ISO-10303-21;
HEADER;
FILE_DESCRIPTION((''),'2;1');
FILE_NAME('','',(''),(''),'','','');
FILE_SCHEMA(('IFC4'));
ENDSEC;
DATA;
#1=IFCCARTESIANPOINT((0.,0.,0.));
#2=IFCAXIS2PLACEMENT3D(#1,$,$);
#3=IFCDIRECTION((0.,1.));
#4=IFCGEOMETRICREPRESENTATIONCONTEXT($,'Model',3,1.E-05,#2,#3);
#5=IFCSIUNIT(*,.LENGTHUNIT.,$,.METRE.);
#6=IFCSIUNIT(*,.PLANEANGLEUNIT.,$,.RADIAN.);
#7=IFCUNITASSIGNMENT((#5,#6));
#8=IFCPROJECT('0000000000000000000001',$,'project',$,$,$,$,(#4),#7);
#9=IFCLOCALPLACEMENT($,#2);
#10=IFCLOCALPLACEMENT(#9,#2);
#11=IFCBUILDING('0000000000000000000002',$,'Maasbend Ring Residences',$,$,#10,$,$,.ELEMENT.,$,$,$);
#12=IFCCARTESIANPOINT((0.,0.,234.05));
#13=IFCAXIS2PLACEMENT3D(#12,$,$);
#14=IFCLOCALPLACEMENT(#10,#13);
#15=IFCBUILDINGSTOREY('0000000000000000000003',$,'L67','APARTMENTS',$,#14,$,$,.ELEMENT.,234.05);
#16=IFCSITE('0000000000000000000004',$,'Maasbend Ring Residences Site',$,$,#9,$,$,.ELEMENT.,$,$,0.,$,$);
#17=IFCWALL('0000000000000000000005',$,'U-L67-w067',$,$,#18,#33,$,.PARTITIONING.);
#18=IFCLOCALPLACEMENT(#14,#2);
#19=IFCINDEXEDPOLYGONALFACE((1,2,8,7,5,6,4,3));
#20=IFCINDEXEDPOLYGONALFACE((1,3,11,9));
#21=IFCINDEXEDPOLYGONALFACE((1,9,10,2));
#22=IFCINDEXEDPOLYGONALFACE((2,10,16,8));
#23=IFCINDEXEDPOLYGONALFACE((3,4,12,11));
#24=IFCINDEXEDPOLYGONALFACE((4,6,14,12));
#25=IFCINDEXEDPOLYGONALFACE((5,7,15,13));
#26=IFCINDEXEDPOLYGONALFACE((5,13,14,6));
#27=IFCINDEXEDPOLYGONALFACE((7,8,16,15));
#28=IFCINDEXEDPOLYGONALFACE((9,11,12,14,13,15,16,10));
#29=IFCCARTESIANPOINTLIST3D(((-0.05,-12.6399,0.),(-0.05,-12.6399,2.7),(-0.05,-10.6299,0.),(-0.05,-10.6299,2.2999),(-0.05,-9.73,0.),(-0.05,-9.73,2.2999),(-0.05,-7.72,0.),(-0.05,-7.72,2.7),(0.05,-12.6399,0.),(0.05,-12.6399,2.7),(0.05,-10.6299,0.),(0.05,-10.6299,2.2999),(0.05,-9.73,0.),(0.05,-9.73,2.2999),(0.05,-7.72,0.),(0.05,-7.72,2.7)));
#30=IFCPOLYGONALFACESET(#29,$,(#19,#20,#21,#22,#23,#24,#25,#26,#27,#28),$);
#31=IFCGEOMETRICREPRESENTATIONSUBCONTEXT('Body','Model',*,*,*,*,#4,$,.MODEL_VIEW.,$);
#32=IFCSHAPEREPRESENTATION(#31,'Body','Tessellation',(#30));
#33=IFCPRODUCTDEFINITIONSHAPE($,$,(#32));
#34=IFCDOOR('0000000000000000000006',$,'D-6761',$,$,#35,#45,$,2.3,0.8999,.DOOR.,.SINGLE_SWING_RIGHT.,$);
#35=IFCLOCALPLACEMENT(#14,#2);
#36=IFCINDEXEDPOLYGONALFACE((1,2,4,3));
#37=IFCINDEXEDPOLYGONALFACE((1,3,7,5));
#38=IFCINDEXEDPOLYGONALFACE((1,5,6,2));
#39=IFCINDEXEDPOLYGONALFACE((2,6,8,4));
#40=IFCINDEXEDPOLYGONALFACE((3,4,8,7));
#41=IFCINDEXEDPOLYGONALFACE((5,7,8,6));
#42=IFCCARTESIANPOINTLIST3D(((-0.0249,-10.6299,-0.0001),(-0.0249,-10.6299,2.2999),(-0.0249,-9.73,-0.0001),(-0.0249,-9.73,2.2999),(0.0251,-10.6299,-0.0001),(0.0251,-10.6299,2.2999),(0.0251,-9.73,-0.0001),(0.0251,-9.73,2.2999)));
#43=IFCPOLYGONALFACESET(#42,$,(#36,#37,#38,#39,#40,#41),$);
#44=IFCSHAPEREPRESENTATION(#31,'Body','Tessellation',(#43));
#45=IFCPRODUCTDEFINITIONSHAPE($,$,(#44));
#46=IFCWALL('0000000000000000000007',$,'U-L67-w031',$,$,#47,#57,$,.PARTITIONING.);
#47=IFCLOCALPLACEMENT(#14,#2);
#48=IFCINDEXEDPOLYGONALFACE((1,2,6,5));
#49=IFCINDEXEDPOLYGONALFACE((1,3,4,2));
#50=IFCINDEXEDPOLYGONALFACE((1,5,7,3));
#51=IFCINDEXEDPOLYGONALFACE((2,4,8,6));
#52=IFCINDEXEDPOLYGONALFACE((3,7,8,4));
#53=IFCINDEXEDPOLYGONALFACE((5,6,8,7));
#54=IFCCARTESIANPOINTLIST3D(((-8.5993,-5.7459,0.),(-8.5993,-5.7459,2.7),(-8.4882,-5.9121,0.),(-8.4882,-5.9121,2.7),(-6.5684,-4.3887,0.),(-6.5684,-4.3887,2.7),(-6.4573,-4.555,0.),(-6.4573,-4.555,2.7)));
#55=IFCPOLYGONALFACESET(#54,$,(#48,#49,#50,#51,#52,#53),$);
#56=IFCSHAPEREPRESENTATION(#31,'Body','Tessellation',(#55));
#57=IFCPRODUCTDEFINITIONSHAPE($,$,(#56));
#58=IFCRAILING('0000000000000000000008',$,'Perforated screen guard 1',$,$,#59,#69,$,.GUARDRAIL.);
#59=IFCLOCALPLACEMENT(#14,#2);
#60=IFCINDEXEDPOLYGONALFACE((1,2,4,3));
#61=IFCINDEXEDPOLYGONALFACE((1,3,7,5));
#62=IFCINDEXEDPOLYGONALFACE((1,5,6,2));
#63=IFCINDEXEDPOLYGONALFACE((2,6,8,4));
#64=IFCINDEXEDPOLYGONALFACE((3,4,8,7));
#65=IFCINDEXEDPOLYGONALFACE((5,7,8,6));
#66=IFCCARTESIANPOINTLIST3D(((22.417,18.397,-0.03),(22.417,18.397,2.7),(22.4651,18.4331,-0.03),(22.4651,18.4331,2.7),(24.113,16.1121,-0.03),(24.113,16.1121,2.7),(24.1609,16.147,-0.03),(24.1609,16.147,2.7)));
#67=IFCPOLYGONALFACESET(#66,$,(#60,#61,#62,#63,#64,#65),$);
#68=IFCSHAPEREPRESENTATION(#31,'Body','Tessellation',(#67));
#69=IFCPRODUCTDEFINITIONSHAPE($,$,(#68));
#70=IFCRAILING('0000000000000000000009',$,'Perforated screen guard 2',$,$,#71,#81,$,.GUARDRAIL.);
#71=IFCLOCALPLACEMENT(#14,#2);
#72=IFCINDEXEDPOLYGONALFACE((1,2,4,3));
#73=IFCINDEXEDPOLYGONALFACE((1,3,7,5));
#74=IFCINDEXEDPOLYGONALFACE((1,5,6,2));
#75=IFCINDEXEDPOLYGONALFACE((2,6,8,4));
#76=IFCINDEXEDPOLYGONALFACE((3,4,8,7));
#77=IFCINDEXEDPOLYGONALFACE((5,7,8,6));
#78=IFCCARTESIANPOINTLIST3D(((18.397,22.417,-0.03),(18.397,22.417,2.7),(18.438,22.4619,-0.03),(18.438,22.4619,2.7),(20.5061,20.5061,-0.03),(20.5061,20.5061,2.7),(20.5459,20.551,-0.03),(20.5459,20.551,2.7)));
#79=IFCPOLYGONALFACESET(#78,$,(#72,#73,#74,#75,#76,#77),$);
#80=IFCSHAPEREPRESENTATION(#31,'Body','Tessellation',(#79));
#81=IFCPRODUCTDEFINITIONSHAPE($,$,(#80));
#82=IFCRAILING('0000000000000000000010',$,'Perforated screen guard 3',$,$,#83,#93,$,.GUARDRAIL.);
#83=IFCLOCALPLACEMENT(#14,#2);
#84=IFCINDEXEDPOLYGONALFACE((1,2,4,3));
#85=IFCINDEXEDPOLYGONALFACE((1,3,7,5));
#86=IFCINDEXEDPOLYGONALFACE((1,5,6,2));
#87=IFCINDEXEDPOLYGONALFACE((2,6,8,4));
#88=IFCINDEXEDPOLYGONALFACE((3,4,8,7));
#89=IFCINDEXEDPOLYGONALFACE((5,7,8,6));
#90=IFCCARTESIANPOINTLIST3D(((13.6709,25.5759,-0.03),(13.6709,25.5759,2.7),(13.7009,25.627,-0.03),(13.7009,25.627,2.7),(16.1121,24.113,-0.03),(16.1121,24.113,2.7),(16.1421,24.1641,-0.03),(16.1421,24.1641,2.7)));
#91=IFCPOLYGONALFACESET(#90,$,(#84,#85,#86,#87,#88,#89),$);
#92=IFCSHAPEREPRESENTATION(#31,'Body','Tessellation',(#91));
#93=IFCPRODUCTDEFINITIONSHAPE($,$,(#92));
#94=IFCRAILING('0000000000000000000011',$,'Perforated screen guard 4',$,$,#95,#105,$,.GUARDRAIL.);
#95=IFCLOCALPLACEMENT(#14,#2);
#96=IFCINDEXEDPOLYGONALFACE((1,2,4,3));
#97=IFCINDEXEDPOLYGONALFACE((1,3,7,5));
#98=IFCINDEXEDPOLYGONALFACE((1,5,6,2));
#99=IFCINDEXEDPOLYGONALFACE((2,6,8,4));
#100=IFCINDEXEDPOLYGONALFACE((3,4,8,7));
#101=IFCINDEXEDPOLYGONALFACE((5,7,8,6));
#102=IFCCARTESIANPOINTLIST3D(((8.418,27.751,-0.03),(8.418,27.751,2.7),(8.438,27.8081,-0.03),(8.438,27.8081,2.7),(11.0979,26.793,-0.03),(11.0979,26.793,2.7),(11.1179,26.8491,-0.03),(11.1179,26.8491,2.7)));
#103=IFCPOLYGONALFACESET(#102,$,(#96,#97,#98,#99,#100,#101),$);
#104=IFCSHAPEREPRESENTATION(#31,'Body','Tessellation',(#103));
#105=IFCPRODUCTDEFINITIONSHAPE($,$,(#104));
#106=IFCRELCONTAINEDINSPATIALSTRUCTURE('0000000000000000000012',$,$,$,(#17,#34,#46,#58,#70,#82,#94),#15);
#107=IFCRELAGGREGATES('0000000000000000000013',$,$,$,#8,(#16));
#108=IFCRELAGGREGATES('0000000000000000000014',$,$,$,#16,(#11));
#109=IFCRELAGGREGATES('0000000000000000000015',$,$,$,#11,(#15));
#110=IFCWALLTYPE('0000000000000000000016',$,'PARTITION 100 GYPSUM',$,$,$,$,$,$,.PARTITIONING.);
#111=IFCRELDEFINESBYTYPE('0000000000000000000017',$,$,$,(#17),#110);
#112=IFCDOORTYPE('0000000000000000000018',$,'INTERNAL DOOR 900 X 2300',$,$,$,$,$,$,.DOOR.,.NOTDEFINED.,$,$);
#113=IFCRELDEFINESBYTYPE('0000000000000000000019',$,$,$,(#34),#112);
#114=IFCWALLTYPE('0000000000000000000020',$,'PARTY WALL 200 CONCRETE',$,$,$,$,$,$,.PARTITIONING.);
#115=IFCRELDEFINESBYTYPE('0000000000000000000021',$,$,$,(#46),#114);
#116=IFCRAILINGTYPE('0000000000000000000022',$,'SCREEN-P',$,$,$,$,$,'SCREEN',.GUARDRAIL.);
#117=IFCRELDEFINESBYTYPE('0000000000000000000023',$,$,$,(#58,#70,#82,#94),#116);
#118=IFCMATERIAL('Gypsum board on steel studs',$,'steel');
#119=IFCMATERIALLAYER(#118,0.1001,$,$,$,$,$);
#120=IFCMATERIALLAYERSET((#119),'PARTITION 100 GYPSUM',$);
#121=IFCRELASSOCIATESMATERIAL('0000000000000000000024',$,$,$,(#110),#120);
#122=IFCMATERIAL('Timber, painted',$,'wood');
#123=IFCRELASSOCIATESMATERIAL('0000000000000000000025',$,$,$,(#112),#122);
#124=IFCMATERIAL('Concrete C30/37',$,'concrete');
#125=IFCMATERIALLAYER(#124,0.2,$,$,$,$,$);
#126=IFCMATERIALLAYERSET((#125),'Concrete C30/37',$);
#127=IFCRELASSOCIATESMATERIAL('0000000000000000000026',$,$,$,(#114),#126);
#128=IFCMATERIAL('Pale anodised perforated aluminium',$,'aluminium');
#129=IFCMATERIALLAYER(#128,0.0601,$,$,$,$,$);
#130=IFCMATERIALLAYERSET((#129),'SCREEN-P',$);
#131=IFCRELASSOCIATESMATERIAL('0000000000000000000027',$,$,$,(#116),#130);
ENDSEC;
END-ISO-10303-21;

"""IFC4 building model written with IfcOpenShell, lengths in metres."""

from ifc_helpers import new_model, si_unit, direction, frame, frame_2d, origin, place, context, subcontext, project, spatial, polyline, rectangle, outline, extrude, material, layer, layer_set, type_object, element, fill, save


model = new_model("IFC4")

# Units and contexts
model_context = context("Model", 3, precision=1e-05, world=origin(), true_north=direction((0.0, 1.0)))
body_context = subcontext(model_context, "Body", "Model", "MODEL_VIEW")
ifc_project = project(units=[si_unit("LENGTHUNIT", "METRE"), si_unit("PLANEANGLEUNIT", "RADIAN")], contexts=[model_context])

# Site, building, storey
site_placement = place(None, origin())
site = spatial("IfcSite", under=ifc_project, at=site_placement, Name="Maasbend Ring Residences Site", CompositionType="ELEMENT", RefElevation=0.0)
building_placement = place(site_placement, origin())
building = spatial("IfcBuilding", under=site, at=building_placement, Name="Maasbend Ring Residences", CompositionType="ELEMENT")
storey_placement = place(building_placement, frame((0.0, 0.0, 234.05)))
storey = spatial("IfcBuildingStorey", under=building, at=storey_placement, Name="L67", Description="APARTMENTS", CompositionType="ELEMENT", Elevation=234.05)

# Shared definitions
ifc_material_1 = material(Name="Gypsum board on steel studs", Category="steel")
ifc_layer_1 = layer(ifc_material_1, 0.1001)
ifc_layer_set_1 = layer_set([ifc_layer_1], Name="PARTITION 100 GYPSUM")
wall_type_1 = type_object("IfcWallType", Name="PARTITION 100 GYPSUM", PredefinedType="PARTITIONING", material=ifc_layer_set_1)

# Wall, opening, door
wall_1_placement = place(storey_placement, frame((0.0, -12.6399, 0.0), z_axis=(0.0, 0.0, 1.0), x_axis=(0.0, 1.0, 0.0)))
wall_1 = element("IfcWall", 1, at=wall_1_placement, inside=storey, type_object=wall_type_1, Name="U-L67-w067", PredefinedType="PARTITIONING", context=body_context, shape_type="SweptSolid", body=[
    extrude(rectangle(XDim=4.9199, YDim=0.1001, at=frame_2d((2.46, 0.0))), origin(), (0.0, 0.0, 1.0), 2.7),
])
opening_1_placement = place(wall_1_placement, frame((2.01, 0.0, 0.0)))
opening_1 = element("IfcOpeningElement", 2, at=opening_1_placement, cuts=wall_1, PredefinedType="OPENING", context=body_context, shape_type="SweptSolid", body=[
    extrude(rectangle(XDim=0.8999, YDim=2.3, at=frame_2d((0.45, 1.1499))), frame((0.0, 0.0601, 0.0), z_axis=(0.0, -1.0, 0.0), x_axis=(1.0, 0.0, 0.0)), (0.0, 0.0, 1.0), 0.1201),
])
ifc_material_2 = material(Name="Timber, painted", Category="wood")
door_type_1 = type_object("IfcDoorType", Name="INTERNAL DOOR 900 X 2300", OperationType="NOTDEFINED", PredefinedType="DOOR", material=ifc_material_2)
door_1_placement = place(opening_1_placement, origin())
door_1 = element("IfcDoor", 3, at=door_1_placement, inside=storey, type_object=door_type_1, Name="D-6761", OperationType="SINGLE_SWING_RIGHT", OverallHeight=2.3, OverallWidth=0.8999, PredefinedType="DOOR", context=body_context, shape_type="SweptSolid", body=[
    extrude(rectangle(XDim=0.8999, YDim=2.3, at=frame_2d((0.45, 1.1499))), frame((0.0, 0.0249, 0.0), z_axis=(0.0, -1.0, 0.0), x_axis=(1.0, 0.0, 0.0)), (0.0, 0.0, 1.0), 0.05),
])
fill(opening_1, door_1)

# Wall
ifc_material_3 = material(Name="Concrete C30/37", Category="concrete")
ifc_layer_2 = layer(ifc_material_3, 0.2)
ifc_layer_set_2 = layer_set([ifc_layer_2], Name="Concrete C30/37")
wall_type_2 = type_object("IfcWallType", Name="PARTY WALL 200 CONCRETE", PredefinedType="PARTITIONING", material=ifc_layer_set_2)
wall_2_placement = place(storey_placement, frame((-6.5129, -4.4719, 0.0), z_axis=(0.0, 0.0, 1.0), x_axis=(-0.83145, -0.555599, 0.0)))
element("IfcWall", 4, at=wall_2_placement, inside=storey, type_object=wall_type_2, Name="U-L67-w031", PredefinedType="PARTITIONING", context=body_context, shape_type="SweptSolid", body=[
    extrude(rectangle(XDim=2.4426, YDim=0.2, at=frame_2d((1.2212, 0.0))), origin(), (0.0, 0.0, 1.0), 2.7),
])

# Railings
ifc_material_4 = material(Name="Pale anodised perforated aluminium", Category="aluminium")
ifc_layer_3 = layer(ifc_material_4, 0.0601)
ifc_layer_set_3 = layer_set([ifc_layer_3], Name="SCREEN-P")
railing_type = type_object("IfcRailingType", Name="SCREEN-P", ElementType="SCREEN", PredefinedType="GUARDRAIL", material=ifc_layer_set_3)
railing_1_placement = place(storey_placement, frame((0.0, 0.0, -0.03)))
element("IfcRailing", 5, at=railing_1_placement, inside=storey, type_object=railing_type, Name="Perforated screen guard 1", PredefinedType="GUARDRAIL", context=body_context, shape_type="SweptSolid", body=[
    extrude(outline(polyline([(24.113, 16.1121), (22.417, 18.397), (22.4651, 18.4331), (24.1609, 16.147), (24.113, 16.1121)])), origin(), (0.0, 0.0, 1.0), 2.73),
])
railing_2_placement = place(storey_placement, frame((0.0, 0.0, -0.03)))
element("IfcRailing", 6, at=railing_2_placement, inside=storey, type_object=railing_type, Name="Perforated screen guard 2", PredefinedType="GUARDRAIL", context=body_context, shape_type="SweptSolid", body=[
    extrude(outline(polyline([(20.5061, 20.5061), (18.397, 22.417), (18.438, 22.4619), (20.5459, 20.551), (20.5061, 20.5061)])), origin(), (0.0, 0.0, 1.0), 2.73),
])
railing_3_placement = place(storey_placement, frame((0.0, 0.0, -0.03)))
element("IfcRailing", 7, at=railing_3_placement, inside=storey, type_object=railing_type, Name="Perforated screen guard 3", PredefinedType="GUARDRAIL", context=body_context, shape_type="SweptSolid", body=[
    extrude(outline(polyline([(16.1121, 24.113), (13.6709, 25.5759), (13.7009, 25.627), (16.1421, 24.1641), (16.1121, 24.113)])), origin(), (0.0, 0.0, 1.0), 2.73),
])
railing_4_placement = place(storey_placement, frame((0.0, 0.0, -0.03)))
element("IfcRailing", 8, at=railing_4_placement, inside=storey, type_object=railing_type, Name="Perforated screen guard 4", PredefinedType="GUARDRAIL", context=body_context, shape_type="SweptSolid", body=[
    extrude(outline(polyline([(11.0979, 26.793), (8.418, 27.751), (8.438, 27.8081), (11.1179, 26.8491), (11.0979, 26.793)])), origin(), (0.0, 0.0, 1.0), 2.73),
])

save(model, "model.ifc")
